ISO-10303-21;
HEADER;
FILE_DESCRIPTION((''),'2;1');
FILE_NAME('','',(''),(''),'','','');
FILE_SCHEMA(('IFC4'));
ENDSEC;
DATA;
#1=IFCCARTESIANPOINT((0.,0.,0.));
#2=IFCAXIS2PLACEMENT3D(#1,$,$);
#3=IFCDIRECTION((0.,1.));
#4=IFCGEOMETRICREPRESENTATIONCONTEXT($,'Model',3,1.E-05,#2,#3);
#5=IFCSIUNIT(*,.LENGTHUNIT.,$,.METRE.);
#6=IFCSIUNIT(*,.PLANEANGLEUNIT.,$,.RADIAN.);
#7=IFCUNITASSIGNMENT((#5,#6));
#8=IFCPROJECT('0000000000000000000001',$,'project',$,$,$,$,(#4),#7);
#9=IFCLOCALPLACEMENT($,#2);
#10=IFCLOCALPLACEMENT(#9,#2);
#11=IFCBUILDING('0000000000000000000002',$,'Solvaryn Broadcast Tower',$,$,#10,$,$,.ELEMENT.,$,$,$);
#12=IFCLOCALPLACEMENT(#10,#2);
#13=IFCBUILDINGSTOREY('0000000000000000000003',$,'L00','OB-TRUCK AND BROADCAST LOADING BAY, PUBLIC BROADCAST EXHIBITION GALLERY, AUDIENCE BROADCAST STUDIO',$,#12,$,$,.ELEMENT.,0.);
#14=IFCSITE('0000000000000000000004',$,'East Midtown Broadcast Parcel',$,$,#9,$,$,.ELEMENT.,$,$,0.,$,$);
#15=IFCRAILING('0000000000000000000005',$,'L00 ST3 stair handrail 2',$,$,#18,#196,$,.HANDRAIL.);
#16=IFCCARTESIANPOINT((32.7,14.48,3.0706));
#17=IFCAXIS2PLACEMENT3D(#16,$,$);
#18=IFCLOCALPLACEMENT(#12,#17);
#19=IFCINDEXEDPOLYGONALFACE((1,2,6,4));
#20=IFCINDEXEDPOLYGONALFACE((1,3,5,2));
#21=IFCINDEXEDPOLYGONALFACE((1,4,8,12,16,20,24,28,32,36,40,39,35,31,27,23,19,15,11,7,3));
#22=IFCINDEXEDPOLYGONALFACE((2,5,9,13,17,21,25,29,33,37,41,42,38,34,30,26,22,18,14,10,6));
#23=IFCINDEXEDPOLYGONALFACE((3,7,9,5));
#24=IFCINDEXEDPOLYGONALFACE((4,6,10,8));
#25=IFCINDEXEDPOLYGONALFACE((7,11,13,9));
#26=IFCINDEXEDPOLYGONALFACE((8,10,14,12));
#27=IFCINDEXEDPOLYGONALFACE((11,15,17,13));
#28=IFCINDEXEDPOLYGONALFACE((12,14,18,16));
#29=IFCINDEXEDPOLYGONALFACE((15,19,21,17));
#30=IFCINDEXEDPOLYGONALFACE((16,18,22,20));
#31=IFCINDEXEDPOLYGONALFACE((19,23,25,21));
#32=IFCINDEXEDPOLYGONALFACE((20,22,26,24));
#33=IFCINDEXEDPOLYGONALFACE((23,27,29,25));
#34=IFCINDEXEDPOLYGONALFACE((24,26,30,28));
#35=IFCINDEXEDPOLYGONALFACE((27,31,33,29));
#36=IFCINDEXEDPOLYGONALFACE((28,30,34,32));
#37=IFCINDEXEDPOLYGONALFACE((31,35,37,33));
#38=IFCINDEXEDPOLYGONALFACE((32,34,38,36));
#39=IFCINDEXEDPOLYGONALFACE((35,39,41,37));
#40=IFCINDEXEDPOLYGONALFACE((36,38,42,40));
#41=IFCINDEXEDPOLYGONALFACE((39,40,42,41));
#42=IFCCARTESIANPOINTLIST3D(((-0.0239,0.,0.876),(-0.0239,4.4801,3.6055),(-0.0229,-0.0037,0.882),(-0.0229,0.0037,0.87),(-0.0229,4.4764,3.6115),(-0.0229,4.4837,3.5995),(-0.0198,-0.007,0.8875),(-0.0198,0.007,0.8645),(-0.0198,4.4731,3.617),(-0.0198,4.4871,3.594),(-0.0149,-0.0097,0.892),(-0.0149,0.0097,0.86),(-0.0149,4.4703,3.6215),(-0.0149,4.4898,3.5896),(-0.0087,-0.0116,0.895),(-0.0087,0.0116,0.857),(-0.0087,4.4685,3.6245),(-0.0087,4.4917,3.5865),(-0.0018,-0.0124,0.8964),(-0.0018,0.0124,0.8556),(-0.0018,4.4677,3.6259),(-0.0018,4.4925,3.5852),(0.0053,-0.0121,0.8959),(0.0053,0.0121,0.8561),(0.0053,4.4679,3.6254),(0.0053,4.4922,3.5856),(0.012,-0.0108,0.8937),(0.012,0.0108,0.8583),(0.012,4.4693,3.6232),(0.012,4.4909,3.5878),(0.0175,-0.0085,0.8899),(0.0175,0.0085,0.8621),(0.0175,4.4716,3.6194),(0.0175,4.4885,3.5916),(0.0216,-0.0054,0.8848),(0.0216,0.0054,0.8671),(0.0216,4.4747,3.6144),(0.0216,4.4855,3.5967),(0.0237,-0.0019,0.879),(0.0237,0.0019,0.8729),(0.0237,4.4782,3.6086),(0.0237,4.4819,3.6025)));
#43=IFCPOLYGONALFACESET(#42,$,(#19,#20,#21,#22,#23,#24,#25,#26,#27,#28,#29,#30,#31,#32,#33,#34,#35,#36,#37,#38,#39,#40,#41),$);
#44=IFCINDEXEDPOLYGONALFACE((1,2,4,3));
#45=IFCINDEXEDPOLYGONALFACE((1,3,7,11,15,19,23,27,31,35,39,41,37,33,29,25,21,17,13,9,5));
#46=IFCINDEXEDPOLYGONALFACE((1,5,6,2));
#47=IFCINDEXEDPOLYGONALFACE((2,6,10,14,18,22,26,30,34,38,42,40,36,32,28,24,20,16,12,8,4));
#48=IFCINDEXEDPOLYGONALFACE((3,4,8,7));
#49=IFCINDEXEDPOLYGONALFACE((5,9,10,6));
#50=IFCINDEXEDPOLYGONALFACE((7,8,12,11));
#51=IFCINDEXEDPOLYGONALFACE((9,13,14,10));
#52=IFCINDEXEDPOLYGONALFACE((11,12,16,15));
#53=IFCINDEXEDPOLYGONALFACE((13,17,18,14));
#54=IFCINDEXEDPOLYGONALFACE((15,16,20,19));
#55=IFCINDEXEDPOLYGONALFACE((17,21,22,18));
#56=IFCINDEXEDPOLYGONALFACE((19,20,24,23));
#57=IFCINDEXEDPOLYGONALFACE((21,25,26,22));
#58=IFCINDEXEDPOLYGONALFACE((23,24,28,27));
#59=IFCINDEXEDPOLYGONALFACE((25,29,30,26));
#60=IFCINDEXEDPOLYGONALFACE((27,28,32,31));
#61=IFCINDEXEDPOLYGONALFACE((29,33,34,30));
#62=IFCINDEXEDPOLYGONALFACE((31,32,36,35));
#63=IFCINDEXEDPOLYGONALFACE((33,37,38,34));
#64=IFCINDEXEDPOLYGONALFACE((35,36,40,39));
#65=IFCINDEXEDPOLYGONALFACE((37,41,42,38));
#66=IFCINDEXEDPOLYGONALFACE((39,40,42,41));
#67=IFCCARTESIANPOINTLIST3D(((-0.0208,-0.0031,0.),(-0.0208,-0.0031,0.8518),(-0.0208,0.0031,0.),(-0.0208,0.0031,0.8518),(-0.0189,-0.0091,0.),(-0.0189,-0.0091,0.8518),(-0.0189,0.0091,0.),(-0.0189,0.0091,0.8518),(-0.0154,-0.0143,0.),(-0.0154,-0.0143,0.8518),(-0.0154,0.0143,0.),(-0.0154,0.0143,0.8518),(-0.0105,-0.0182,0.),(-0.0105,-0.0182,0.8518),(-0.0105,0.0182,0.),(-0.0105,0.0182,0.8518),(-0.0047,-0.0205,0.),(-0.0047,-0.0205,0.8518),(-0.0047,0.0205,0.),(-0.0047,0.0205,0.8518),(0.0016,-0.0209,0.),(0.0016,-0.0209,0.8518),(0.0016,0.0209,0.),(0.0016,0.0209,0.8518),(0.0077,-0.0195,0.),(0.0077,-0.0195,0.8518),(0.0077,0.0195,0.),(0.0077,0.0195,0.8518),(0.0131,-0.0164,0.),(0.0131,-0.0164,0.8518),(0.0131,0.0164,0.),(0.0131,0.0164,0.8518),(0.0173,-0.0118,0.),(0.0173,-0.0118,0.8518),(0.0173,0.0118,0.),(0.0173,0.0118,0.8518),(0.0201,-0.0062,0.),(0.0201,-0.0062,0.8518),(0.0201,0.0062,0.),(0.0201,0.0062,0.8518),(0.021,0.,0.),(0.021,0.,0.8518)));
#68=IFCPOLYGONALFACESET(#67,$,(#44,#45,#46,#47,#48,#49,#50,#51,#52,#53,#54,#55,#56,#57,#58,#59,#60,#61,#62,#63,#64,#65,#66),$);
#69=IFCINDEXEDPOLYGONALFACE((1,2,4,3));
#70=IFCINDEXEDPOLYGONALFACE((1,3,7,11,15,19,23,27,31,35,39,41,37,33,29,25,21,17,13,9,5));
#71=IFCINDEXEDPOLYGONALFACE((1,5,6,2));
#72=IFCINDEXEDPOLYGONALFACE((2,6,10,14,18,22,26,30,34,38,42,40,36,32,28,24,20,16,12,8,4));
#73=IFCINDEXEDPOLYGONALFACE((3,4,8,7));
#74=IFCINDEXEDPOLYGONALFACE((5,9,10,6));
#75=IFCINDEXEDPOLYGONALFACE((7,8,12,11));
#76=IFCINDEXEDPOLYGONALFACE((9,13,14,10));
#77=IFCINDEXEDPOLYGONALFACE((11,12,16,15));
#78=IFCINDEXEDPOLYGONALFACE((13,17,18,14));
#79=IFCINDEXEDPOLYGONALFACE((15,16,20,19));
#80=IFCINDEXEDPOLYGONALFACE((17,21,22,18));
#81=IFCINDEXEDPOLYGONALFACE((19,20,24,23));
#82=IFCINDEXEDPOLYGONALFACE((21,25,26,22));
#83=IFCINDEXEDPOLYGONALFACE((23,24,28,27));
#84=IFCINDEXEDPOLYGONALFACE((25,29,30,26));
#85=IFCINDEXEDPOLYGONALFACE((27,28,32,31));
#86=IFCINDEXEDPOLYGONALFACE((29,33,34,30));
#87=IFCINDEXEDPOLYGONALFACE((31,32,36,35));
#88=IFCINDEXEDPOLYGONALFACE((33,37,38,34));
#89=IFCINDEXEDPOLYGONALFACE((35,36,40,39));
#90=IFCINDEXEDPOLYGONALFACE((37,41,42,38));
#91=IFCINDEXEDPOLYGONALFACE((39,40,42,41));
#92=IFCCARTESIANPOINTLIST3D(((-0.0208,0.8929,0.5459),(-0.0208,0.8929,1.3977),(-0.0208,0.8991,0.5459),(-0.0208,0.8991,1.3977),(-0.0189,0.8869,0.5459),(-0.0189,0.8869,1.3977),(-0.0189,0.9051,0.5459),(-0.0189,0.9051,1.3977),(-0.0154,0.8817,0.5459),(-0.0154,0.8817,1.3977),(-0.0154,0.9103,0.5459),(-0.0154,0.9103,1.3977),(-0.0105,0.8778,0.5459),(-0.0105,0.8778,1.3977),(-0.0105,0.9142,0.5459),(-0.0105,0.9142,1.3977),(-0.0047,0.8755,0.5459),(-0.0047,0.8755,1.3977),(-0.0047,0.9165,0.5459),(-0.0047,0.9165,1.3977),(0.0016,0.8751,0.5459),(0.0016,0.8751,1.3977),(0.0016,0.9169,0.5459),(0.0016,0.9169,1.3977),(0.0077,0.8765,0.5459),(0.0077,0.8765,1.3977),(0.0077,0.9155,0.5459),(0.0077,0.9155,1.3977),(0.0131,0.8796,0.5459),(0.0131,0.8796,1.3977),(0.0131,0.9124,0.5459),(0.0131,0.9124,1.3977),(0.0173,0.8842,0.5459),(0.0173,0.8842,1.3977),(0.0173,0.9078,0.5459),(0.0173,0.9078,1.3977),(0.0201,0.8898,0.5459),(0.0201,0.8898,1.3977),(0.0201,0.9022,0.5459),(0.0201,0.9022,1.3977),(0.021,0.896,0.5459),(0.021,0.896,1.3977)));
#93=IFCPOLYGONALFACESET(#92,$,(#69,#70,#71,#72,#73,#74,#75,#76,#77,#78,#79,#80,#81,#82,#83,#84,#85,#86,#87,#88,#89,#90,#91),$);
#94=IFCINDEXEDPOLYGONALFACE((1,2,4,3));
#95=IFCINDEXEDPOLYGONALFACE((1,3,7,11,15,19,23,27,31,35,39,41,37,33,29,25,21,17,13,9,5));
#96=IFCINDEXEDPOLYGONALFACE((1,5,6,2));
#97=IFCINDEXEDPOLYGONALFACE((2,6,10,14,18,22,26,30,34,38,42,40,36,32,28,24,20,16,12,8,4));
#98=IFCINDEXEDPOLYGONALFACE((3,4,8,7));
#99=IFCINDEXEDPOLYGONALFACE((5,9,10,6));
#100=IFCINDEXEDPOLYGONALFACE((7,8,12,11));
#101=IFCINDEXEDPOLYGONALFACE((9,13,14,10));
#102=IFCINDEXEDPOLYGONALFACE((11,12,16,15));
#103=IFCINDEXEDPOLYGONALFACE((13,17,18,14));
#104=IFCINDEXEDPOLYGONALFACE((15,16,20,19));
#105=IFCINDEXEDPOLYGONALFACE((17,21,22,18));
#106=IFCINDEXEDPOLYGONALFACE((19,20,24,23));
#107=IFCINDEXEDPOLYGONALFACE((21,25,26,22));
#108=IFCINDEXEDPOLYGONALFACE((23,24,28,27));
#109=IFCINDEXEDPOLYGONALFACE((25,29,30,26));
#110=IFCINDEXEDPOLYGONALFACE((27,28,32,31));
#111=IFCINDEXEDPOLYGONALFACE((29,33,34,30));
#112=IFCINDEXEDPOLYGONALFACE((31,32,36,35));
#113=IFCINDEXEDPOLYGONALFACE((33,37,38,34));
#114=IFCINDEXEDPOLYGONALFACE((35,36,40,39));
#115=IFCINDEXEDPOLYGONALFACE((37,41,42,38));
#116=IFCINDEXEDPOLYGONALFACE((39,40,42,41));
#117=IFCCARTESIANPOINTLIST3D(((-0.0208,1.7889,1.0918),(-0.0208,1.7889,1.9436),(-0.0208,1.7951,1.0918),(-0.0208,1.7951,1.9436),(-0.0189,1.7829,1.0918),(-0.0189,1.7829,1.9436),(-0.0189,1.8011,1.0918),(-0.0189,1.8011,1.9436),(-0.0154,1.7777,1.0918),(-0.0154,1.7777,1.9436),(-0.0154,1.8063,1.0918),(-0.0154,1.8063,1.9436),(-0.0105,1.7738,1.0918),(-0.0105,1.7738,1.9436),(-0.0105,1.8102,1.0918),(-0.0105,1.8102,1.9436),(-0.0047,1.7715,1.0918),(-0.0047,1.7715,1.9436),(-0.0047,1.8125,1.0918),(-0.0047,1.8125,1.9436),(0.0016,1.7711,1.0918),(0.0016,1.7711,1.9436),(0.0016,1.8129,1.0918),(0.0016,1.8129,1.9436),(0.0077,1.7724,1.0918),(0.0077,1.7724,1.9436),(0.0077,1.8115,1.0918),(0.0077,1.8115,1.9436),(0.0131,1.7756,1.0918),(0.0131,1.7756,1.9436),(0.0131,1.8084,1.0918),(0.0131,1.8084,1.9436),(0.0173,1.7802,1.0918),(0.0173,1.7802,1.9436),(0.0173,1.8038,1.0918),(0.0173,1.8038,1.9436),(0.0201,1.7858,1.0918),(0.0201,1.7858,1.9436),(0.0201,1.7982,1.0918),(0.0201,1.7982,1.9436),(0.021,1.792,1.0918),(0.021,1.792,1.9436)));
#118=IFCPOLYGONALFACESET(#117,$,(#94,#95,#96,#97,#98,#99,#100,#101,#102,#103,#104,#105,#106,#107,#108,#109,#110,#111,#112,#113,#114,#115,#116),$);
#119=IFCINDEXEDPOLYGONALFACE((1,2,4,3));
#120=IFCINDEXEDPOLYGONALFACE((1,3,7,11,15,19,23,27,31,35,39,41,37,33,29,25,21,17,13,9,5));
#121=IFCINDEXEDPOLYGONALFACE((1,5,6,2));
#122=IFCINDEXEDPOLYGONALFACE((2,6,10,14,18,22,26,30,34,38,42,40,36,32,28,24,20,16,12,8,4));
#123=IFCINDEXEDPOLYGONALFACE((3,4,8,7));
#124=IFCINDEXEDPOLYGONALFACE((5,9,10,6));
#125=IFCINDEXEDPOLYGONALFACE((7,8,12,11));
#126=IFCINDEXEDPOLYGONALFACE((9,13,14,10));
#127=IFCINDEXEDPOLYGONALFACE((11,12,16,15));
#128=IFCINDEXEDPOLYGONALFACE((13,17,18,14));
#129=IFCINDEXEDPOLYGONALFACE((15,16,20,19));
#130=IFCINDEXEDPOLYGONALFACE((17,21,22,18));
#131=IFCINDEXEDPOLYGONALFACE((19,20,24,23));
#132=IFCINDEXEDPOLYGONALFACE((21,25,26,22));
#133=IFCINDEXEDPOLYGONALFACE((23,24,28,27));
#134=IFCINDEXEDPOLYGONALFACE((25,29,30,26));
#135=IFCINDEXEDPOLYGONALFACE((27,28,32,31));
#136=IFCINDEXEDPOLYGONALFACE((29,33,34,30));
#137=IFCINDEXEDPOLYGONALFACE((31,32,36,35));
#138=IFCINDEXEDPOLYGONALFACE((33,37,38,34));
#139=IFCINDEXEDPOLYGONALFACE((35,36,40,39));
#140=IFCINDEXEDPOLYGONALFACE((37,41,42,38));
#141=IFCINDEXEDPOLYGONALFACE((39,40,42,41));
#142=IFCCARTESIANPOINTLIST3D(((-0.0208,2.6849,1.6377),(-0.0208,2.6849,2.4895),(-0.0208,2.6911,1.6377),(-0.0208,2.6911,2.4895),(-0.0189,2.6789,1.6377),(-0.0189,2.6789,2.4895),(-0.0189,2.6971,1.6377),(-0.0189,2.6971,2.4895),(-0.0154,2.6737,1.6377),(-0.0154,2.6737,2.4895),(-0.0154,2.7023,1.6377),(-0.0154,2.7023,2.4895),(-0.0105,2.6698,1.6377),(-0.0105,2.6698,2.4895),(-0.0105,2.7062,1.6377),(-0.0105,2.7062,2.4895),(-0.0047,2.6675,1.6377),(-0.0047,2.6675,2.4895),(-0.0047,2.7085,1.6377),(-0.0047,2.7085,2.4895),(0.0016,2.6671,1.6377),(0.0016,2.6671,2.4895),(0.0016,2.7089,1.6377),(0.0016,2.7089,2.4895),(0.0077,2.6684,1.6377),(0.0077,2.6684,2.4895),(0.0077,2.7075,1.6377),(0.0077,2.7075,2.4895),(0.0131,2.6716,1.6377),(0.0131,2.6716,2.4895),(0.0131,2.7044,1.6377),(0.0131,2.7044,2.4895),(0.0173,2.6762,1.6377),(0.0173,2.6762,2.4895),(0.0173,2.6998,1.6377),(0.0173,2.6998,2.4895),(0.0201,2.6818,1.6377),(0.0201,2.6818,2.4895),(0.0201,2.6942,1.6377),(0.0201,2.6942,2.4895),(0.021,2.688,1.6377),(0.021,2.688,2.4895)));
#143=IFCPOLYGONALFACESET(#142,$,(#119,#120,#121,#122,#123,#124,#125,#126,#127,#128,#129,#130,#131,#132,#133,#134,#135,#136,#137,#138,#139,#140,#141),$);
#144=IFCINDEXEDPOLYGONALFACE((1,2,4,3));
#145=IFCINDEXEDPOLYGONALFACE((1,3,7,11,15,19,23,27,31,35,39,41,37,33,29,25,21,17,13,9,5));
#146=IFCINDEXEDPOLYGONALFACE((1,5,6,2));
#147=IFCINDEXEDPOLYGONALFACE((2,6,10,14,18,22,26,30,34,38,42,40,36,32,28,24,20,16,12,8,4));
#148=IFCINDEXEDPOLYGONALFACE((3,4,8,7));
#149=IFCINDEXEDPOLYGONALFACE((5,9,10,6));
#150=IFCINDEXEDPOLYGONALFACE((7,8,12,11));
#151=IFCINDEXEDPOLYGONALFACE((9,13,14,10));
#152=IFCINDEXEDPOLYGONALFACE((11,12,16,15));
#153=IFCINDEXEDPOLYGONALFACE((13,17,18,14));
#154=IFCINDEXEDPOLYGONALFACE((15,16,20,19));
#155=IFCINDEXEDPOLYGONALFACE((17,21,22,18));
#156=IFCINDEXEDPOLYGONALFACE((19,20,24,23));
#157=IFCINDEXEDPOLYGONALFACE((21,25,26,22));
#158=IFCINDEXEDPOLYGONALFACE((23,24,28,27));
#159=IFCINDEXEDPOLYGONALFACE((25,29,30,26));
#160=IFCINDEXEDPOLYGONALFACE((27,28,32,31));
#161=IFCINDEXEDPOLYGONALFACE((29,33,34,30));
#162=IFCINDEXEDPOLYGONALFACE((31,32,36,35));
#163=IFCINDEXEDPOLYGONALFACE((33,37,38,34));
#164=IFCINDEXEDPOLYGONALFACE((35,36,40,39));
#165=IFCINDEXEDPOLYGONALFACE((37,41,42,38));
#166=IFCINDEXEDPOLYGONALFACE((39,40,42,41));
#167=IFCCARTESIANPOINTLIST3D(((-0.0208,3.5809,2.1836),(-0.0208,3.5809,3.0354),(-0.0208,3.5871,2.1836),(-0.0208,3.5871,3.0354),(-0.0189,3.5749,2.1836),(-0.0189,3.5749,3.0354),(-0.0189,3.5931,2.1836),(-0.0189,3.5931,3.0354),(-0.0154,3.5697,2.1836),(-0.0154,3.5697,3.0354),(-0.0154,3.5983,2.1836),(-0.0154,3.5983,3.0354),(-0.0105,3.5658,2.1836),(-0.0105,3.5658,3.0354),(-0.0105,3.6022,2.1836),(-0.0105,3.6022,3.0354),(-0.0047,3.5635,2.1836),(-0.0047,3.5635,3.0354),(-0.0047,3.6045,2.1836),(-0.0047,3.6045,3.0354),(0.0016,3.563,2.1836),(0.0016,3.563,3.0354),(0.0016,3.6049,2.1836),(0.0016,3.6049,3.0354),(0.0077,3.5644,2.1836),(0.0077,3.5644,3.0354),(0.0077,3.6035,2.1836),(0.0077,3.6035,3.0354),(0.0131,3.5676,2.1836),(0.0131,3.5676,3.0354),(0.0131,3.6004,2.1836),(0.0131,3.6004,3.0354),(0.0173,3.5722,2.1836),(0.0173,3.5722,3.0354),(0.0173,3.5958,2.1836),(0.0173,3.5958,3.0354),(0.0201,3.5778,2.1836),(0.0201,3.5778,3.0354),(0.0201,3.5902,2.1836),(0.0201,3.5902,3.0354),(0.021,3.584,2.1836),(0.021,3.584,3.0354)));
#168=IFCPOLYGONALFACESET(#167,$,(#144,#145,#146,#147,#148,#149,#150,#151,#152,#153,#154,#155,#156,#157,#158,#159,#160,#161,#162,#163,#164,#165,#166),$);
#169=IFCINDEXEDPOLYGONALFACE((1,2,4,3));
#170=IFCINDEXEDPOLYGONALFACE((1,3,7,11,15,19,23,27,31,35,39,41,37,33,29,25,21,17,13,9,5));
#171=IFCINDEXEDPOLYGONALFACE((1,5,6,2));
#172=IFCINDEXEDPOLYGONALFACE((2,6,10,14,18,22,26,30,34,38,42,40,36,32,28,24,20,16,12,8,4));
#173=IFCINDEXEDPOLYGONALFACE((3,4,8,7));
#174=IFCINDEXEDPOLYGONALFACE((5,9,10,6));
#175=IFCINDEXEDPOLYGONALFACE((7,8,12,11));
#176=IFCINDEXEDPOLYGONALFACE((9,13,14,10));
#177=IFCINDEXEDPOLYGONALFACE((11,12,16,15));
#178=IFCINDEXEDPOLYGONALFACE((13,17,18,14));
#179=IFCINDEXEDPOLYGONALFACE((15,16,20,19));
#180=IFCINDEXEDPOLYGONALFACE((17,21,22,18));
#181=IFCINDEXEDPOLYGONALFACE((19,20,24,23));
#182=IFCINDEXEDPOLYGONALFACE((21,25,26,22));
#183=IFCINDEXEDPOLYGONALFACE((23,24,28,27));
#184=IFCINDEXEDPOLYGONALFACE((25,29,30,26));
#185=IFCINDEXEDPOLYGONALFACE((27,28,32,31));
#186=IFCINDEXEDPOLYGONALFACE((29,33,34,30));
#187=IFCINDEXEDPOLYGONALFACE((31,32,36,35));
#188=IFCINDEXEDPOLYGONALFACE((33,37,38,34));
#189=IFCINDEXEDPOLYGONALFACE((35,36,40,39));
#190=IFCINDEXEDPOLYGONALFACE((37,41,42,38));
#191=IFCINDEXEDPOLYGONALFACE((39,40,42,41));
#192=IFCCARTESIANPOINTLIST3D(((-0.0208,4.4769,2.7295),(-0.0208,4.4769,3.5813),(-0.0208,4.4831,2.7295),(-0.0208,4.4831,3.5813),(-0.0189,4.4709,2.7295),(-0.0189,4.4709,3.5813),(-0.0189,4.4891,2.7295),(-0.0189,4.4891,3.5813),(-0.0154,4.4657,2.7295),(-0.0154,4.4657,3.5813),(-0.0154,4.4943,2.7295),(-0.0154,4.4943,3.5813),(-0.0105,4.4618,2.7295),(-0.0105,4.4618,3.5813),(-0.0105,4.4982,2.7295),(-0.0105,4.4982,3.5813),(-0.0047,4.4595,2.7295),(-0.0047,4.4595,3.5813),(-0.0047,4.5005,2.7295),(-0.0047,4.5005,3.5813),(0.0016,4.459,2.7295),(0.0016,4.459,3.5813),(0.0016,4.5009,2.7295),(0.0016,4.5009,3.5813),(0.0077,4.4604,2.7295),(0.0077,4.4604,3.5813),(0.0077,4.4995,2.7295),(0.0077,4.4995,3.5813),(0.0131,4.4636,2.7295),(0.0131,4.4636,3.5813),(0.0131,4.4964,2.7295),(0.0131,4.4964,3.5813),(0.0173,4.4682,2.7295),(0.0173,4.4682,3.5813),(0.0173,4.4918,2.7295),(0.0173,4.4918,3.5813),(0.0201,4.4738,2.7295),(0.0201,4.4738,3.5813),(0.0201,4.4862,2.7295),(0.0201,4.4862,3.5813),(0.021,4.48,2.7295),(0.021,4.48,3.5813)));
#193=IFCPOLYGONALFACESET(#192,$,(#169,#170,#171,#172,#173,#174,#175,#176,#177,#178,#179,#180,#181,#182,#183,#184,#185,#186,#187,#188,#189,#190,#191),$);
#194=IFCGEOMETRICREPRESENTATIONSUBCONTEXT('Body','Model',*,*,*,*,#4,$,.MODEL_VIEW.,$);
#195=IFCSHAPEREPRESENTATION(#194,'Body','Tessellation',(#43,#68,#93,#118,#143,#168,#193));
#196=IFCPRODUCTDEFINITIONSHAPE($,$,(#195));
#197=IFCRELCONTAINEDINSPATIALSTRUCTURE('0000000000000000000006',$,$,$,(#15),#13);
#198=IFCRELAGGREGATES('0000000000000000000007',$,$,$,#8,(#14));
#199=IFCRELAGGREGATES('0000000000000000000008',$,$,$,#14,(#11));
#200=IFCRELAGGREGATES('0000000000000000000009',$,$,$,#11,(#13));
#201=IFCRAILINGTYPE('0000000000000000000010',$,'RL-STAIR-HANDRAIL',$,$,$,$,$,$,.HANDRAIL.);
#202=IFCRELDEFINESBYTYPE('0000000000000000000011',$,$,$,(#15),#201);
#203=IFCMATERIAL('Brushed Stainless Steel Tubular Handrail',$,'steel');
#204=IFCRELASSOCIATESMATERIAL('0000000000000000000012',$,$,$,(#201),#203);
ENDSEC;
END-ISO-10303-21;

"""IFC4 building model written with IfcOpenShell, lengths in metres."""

from ifc_helpers import new_model, si_unit, direction, frame, origin, origin_2d, place, context, subcontext, project, spatial, circle, extrude, material, type_object, element, save


model = new_model("IFC4")

# Units and contexts
model_context = context("Model", 3, precision=1e-05, world=origin(), true_north=direction((0.0, 1.0)))
body_context = subcontext(model_context, "Body", "Model", "MODEL_VIEW")
ifc_project = project(units=[si_unit("LENGTHUNIT", "METRE"), si_unit("PLANEANGLEUNIT", "RADIAN")], contexts=[model_context])

# Site, building, storey
site_placement = place(None, origin())
site = spatial("IfcSite", under=ifc_project, at=site_placement, Name="East Midtown Broadcast Parcel", CompositionType="ELEMENT", RefElevation=0.0)
building_placement = place(site_placement, origin())
building = spatial("IfcBuilding", under=site, at=building_placement, Name="Solvaryn Broadcast Tower", CompositionType="ELEMENT")
storey_placement = place(building_placement, origin())
storey = spatial("IfcBuildingStorey", under=building, at=storey_placement, Name="L00", Description="OB-TRUCK AND BROADCAST LOADING BAY, PUBLIC BROADCAST EXHIBITION GALLERY, AUDIENCE BROADCAST STUDIO", CompositionType="ELEMENT", Elevation=0.0)

# Railing
ifc_material_1 = material(Name="Brushed Stainless Steel Tubular Handrail", Category="steel")
railing_type_1 = type_object("IfcRailingType", Name="RL-STAIR-HANDRAIL", PredefinedType="HANDRAIL", material=ifc_material_1)
railing_1_placement = place(storey_placement, frame((32.7, 14.48, 3.0706)))
element("IfcRailing", 1, at=railing_1_placement, inside=storey, type_object=railing_type_1, Name="L00 ST3 stair handrail 2", PredefinedType="HANDRAIL", context=body_context, shape_type="SweptSolid", body=[
    extrude(circle(Radius=0.0239, at=origin_2d()), frame((0.0, 0.0, 0.876), z_axis=(0.0, 0.853983, 0.520301), x_axis=(-1.0, 0.0, 0.0)), (0.0, 0.0, 1.0), 5.2461),
    extrude(circle(Radius=0.021, at=origin_2d()), origin(), (0.0, 0.0, 1.0), 0.8518),
    extrude(circle(Radius=0.021, at=origin_2d()), frame((0.0, 0.896, 0.5459)), (0.0, 0.0, 1.0), 0.8518),
    extrude(circle(Radius=0.021, at=origin_2d()), frame((0.0, 1.792, 1.0918)), (0.0, 0.0, 1.0), 0.8518),
    extrude(circle(Radius=0.021, at=origin_2d()), frame((0.0, 2.688, 1.6377)), (0.0, 0.0, 1.0), 0.8518),
    extrude(circle(Radius=0.021, at=origin_2d()), frame((0.0, 3.584, 2.1836)), (0.0, 0.0, 1.0), 0.8518),
    extrude(circle(Radius=0.021, at=origin_2d()), frame((0.0, 4.48, 2.7295)), (0.0, 0.0, 1.0), 0.8518),
])

save(model, "model.ifc")
